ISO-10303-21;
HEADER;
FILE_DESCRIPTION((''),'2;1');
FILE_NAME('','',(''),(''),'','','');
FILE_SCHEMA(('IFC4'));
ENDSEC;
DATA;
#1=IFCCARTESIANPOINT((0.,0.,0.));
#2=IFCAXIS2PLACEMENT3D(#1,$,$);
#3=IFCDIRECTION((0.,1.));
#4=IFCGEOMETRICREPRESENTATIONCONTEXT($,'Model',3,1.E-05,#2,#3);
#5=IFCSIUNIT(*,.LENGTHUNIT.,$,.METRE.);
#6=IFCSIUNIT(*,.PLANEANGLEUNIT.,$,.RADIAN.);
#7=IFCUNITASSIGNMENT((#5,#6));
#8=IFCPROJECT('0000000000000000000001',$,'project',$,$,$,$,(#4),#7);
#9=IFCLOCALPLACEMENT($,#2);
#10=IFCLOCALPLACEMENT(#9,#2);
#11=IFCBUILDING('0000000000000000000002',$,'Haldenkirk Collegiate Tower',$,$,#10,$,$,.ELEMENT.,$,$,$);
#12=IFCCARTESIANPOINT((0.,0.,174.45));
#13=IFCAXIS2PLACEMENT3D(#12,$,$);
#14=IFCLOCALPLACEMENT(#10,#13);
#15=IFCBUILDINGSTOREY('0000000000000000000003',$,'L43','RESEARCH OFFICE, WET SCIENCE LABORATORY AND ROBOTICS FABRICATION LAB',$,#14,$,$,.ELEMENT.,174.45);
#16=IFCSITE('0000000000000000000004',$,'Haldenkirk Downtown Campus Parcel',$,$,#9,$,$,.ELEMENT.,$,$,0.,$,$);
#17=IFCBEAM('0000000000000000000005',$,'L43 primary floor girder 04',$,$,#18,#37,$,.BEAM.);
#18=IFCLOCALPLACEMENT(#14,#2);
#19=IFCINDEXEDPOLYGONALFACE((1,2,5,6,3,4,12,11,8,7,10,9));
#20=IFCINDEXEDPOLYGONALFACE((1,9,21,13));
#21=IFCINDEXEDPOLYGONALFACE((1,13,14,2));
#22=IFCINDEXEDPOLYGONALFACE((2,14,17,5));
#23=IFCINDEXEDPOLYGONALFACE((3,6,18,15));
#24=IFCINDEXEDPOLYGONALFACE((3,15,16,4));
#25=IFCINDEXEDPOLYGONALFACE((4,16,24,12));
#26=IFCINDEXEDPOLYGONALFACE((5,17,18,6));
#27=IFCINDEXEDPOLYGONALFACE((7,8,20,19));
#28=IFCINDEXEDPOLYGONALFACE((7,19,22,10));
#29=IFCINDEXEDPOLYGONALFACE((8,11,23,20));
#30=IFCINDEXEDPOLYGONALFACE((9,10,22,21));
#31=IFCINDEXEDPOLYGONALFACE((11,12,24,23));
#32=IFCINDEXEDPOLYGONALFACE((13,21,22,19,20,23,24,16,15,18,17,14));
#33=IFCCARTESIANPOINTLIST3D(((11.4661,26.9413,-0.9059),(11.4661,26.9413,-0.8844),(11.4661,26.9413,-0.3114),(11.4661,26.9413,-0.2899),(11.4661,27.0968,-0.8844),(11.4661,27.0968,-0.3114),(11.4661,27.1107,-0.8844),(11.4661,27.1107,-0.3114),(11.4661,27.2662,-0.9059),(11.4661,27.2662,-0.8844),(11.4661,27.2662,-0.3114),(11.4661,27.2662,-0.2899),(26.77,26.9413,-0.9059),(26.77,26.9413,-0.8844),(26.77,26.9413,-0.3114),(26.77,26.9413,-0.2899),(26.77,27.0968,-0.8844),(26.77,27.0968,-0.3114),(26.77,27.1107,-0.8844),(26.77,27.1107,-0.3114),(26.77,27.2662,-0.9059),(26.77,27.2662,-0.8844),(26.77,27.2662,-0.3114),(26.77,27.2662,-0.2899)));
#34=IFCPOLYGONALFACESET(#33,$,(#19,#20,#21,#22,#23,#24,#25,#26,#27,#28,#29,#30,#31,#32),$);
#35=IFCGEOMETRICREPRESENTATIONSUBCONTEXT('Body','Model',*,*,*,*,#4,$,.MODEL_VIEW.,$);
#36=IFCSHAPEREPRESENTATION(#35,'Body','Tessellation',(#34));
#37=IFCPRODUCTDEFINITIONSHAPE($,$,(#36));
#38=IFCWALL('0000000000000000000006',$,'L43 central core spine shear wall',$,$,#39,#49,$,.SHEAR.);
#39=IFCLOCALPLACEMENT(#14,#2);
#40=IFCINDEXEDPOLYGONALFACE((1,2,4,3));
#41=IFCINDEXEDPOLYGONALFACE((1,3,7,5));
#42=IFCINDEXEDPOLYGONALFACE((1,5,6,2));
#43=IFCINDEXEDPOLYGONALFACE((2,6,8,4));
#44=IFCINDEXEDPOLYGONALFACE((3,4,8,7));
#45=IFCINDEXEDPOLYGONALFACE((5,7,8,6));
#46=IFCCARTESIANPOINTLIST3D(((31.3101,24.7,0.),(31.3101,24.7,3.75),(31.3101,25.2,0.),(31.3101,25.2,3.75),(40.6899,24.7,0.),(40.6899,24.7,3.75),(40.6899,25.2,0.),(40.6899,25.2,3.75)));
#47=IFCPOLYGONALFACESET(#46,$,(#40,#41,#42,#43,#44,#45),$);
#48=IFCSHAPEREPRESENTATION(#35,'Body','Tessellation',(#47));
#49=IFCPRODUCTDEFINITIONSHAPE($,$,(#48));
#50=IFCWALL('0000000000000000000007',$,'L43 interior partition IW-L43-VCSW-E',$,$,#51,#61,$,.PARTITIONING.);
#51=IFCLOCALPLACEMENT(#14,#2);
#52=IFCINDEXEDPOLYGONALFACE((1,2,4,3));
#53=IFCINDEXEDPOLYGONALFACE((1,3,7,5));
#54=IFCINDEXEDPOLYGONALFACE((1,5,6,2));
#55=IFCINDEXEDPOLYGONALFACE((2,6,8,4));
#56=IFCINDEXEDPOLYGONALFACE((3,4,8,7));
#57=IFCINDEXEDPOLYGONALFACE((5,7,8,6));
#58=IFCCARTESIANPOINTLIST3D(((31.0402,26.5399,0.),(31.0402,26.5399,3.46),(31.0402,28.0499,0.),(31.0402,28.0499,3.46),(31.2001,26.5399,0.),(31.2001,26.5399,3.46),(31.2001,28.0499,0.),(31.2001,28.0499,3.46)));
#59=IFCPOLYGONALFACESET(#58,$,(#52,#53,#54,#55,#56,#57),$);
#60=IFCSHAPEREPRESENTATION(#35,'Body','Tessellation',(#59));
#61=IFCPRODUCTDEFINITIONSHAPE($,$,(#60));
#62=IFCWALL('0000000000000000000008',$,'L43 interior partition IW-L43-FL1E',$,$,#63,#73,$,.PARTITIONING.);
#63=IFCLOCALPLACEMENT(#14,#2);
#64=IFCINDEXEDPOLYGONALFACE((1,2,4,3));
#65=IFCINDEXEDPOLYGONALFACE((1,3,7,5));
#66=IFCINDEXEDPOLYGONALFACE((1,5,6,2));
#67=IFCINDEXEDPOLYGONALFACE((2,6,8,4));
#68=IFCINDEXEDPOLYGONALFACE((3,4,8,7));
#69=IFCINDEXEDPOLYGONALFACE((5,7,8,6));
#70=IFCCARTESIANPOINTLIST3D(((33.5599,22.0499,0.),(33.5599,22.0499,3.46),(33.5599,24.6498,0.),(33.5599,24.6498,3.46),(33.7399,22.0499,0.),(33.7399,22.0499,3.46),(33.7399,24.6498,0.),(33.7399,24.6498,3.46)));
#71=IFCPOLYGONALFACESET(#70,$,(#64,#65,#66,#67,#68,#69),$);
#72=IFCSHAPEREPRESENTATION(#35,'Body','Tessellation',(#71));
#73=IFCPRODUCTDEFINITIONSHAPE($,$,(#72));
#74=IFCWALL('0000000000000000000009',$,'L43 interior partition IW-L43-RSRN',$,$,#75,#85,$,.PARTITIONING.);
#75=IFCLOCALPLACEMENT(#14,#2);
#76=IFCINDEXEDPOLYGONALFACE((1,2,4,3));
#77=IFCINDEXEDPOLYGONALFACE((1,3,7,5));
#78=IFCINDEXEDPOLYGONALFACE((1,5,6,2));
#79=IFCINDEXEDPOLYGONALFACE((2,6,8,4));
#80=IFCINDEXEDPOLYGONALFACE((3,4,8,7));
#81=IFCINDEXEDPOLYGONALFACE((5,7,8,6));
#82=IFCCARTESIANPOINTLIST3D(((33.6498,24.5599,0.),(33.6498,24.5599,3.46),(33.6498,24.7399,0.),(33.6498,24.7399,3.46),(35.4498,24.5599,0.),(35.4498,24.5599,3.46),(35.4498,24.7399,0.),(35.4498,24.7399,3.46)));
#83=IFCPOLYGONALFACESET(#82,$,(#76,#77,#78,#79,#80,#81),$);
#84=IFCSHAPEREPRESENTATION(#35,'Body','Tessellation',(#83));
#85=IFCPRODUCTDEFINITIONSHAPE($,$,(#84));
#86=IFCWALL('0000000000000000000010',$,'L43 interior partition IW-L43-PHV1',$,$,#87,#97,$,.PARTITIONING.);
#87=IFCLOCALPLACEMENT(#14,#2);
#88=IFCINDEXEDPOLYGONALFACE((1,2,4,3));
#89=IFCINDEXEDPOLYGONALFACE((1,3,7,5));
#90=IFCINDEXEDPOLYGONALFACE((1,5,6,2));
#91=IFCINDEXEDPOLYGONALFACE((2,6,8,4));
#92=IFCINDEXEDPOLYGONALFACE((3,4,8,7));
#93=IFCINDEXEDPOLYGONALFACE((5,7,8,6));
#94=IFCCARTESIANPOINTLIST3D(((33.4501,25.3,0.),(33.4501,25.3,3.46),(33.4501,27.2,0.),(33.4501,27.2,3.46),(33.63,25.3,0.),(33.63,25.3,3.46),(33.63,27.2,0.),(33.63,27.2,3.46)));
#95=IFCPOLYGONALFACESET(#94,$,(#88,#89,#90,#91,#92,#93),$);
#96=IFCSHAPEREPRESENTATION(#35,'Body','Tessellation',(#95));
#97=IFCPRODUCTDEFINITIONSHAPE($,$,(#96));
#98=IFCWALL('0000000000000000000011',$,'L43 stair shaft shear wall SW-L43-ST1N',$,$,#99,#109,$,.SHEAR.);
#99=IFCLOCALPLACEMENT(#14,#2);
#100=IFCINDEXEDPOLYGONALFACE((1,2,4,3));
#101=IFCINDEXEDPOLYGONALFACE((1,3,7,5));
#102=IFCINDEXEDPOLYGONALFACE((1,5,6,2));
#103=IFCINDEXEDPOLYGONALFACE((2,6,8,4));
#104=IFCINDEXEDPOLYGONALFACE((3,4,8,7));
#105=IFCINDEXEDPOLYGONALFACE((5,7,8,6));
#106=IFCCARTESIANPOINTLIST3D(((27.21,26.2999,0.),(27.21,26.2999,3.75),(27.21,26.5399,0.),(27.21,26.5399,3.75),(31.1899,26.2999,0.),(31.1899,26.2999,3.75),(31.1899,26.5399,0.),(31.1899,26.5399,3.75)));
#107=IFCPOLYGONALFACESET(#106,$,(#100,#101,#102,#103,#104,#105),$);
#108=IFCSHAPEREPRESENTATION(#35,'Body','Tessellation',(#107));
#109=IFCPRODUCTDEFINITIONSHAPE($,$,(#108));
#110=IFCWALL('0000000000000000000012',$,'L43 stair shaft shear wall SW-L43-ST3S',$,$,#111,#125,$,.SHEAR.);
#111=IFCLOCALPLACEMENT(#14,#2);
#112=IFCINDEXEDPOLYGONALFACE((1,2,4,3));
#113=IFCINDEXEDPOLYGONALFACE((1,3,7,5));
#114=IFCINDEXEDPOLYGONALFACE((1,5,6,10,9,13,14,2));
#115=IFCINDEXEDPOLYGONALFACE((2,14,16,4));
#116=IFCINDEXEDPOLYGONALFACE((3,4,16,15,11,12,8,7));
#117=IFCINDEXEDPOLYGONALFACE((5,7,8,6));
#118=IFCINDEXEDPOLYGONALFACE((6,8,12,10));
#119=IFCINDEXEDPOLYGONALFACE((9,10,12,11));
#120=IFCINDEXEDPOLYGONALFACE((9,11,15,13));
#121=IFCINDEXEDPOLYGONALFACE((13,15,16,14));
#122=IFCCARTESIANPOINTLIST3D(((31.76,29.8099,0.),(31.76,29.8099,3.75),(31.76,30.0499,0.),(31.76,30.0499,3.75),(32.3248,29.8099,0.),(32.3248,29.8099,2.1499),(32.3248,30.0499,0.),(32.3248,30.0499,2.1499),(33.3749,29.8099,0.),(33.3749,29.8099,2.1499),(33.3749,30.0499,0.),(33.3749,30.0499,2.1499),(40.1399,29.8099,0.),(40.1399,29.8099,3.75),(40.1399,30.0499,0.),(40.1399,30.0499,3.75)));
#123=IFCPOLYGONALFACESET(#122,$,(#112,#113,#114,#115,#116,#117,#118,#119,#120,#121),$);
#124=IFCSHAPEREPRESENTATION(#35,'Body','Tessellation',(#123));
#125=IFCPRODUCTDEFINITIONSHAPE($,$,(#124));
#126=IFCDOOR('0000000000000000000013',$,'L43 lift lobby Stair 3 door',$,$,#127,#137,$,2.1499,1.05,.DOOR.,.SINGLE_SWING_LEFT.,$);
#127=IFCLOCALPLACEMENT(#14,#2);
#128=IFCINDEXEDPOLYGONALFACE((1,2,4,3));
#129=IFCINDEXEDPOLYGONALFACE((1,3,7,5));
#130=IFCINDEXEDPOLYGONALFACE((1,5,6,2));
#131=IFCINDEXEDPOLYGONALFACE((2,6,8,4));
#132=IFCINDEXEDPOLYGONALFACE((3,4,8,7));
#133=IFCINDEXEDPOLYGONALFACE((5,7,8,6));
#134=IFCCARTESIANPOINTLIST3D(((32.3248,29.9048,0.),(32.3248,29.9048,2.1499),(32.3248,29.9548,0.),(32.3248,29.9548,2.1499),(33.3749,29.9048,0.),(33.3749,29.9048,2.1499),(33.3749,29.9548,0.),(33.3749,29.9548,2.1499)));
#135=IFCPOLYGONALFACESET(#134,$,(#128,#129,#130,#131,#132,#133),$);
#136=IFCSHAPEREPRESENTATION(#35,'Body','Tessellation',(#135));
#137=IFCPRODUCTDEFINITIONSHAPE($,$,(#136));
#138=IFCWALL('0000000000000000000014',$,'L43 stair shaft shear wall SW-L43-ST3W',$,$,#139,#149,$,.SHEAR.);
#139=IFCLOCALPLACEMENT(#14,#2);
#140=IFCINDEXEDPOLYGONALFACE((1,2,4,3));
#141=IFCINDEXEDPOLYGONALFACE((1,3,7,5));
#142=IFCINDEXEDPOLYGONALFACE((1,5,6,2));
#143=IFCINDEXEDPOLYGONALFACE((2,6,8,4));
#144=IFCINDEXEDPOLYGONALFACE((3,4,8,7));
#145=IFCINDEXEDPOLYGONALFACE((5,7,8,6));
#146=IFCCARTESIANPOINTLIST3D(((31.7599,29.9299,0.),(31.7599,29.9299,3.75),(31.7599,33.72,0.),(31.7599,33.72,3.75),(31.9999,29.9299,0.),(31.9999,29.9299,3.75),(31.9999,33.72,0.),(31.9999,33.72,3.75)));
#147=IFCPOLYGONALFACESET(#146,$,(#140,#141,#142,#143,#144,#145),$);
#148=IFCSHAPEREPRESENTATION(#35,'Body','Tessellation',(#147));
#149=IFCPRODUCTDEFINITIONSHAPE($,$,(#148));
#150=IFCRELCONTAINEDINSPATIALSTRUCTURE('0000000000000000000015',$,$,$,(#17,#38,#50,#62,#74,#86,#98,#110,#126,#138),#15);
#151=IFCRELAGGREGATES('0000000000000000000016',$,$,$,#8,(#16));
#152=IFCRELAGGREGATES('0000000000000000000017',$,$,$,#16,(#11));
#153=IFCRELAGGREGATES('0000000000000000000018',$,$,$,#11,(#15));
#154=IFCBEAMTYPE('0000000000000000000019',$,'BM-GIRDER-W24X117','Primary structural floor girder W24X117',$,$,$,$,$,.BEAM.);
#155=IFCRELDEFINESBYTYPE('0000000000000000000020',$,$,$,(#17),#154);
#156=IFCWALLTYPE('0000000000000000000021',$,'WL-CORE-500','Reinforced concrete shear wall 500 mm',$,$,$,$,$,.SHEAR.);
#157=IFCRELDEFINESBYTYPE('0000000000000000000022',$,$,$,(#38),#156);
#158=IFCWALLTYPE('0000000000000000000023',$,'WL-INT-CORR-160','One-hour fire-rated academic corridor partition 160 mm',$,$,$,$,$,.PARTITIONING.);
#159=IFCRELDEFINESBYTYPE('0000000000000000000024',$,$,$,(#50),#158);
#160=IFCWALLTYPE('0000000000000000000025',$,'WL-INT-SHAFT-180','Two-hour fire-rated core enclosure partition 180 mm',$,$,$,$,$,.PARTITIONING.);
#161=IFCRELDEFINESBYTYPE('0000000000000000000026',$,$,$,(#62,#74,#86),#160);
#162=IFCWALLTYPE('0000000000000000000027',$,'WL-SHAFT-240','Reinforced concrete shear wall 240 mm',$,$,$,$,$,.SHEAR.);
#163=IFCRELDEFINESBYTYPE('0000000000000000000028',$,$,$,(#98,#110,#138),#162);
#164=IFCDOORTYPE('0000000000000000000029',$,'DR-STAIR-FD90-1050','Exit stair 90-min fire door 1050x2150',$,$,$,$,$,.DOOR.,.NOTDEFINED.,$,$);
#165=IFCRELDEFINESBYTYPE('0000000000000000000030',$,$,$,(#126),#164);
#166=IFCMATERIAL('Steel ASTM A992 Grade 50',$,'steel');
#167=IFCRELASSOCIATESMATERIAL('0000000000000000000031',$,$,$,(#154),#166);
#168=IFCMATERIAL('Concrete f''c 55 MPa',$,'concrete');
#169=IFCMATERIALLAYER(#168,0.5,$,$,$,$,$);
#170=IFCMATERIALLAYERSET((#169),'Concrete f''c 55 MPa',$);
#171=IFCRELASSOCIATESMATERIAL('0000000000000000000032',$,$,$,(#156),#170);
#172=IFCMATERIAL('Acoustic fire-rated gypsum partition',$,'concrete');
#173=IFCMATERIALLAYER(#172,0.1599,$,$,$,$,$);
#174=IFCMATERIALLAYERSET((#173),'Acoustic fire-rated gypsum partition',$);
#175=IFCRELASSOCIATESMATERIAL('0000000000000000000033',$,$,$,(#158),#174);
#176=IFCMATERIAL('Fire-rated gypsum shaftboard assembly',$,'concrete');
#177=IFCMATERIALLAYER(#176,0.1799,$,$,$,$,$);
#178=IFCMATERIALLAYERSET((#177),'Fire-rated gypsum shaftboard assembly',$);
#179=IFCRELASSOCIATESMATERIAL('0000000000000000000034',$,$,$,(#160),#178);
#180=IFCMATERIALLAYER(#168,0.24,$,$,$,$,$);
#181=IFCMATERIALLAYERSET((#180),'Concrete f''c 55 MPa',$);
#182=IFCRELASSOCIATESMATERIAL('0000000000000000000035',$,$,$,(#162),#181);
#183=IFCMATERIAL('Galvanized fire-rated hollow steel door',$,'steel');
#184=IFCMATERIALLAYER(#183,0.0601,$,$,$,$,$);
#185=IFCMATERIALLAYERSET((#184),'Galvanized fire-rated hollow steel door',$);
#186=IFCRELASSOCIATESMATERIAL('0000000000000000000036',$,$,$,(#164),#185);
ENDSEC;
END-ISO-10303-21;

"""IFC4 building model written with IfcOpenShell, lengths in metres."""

from ifc_helpers import new_model, si_unit, direction, frame, frame_2d, origin, origin_2d, place, context, subcontext, project, spatial, rectangle, i_section, extrude, material, layer, layer_set, material_profile, profile_set, type_object, element, fill, save


model = new_model("IFC4")

# Units and contexts
model_context = context("Model", 3, precision=1e-05, world=origin(), true_north=direction((0.0, 1.0)))
body_context = subcontext(model_context, "Body", "Model", "MODEL_VIEW")
ifc_project = project(units=[si_unit("LENGTHUNIT", "METRE"), si_unit("PLANEANGLEUNIT", "RADIAN")], contexts=[model_context])

# Site, building, storey
site_placement = place(None, origin())
site = spatial("IfcSite", under=ifc_project, at=site_placement, Name="Haldenkirk Downtown Campus Parcel", CompositionType="ELEMENT", RefElevation=0.0)
building_placement = place(site_placement, origin())
building = spatial("IfcBuilding", under=site, at=building_placement, Name="Haldenkirk Collegiate Tower", CompositionType="ELEMENT")
storey_placement = place(building_placement, frame((0.0, 0.0, 174.45)))
storey = spatial("IfcBuildingStorey", under=building, at=storey_placement, Name="L43", Description="RESEARCH OFFICE, WET SCIENCE LABORATORY AND ROBOTICS FABRICATION LAB", CompositionType="ELEMENT", Elevation=174.45)

# Beam
ifc_material_1 = material(Name="Steel ASTM A992 Grade 50", Category="steel")
ifc_material_profile = material_profile(ifc_material_1, i_section(OverallWidth=0.325, OverallDepth=0.616, WebThickness=0.0139, FlangeThickness=0.0215, at=origin_2d()), Name="W24X117")
ifc_profile_set = profile_set([ifc_material_profile], Name="Steel ASTM A992 Grade 50")
beam_type = type_object("IfcBeamType", Name="BM-GIRDER-W24X117", Description="Primary structural floor girder W24X117", PredefinedType="BEAM", material=ifc_profile_set)
beam_placement = place(storey_placement, frame((11.4661, 27.1038, -0.5979), z_axis=(1.0, 0.0, 0.0), x_axis=(0.0, 1.0, 0.0)))
element("IfcBeam", 1, at=beam_placement, inside=storey, type_object=beam_type, Name="L43 primary floor girder 04", PredefinedType="BEAM", context=body_context, shape_type="SweptSolid", body=[
    extrude(i_section(OverallWidth=0.325, OverallDepth=0.616, WebThickness=0.0139, FlangeThickness=0.0215, at=origin_2d()), origin(), (0.0, 0.0, 1.0), 15.304),
])

# Wall
ifc_material_2 = material(Name="Concrete f'c 55 MPa", Category="concrete")
ifc_layer_1 = layer(ifc_material_2, 0.5)
ifc_layer_set_1 = layer_set([ifc_layer_1], Name="Concrete f'c 55 MPa")
wall_type_1 = type_object("IfcWallType", Name="WL-CORE-500", Description="Reinforced concrete shear wall 500 mm", PredefinedType="SHEAR", material=ifc_layer_set_1)
wall_1_placement = place(storey_placement, frame((31.3101, 24.95, 0.0), z_axis=(0.0, 0.0, 1.0), x_axis=(1.0, 0.0, 0.0)))
element("IfcWall", 2, at=wall_1_placement, inside=storey, type_object=wall_type_1, Name="L43 central core spine shear wall", PredefinedType="SHEAR", context=body_context, shape_type="SweptSolid", body=[
    extrude(rectangle(XDim=9.3799, YDim=0.5, at=frame_2d((4.6899, 0.0))), origin(), (0.0, 0.0, 1.0), 3.75),
])

# Shared definitions
ifc_material_3 = material(Name="Acoustic fire-rated gypsum partition", Category="concrete")
ifc_layer_2 = layer(ifc_material_3, 0.1599)
ifc_layer_set_2 = layer_set([ifc_layer_2], Name="Acoustic fire-rated gypsum partition")
wall_type_2 = type_object("IfcWallType", Name="WL-INT-CORR-160", Description="One-hour fire-rated academic corridor partition 160 mm", PredefinedType="PARTITIONING", material=ifc_layer_set_2)

# Wall
wall_2_placement = place(storey_placement, frame((31.1201, 26.54, 0.0), z_axis=(0.0, 0.0, 1.0), x_axis=(0.0, 1.0, 0.0)))
element("IfcWall", 3, at=wall_2_placement, inside=storey, type_object=wall_type_2, Name="L43 interior partition IW-L43-VCSW-E", PredefinedType="PARTITIONING", context=body_context, shape_type="SweptSolid", body=[
    extrude(rectangle(XDim=1.51, YDim=0.1599, at=frame_2d((0.7549, 0.0))), origin(), (0.0, 0.0, 1.0), 3.46),
])

# Walls
ifc_material_4 = material(Name="Fire-rated gypsum shaftboard assembly", Category="concrete")
ifc_layer_3 = layer(ifc_material_4, 0.1799)
ifc_layer_set_3 = layer_set([ifc_layer_3], Name="Fire-rated gypsum shaftboard assembly")
wall_type_3 = type_object("IfcWallType", Name="WL-INT-SHAFT-180", Description="Two-hour fire-rated core enclosure partition 180 mm", PredefinedType="PARTITIONING", material=ifc_layer_set_3)
wall_3_placement = place(storey_placement, frame((33.6499, 22.05, 0.0), z_axis=(0.0, 0.0, 1.0), x_axis=(0.0, 1.0, 0.0)))
element("IfcWall", 4, at=wall_3_placement, inside=storey, type_object=wall_type_3, Name="L43 interior partition IW-L43-FL1E", PredefinedType="PARTITIONING", context=body_context, shape_type="SweptSolid", body=[
    extrude(rectangle(XDim=2.5999, YDim=0.1799, at=frame_2d((1.2998, 0.0))), origin(), (0.0, 0.0, 1.0), 3.46),
])
wall_4_placement = place(storey_placement, frame((33.6499, 24.6499, 0.0), z_axis=(0.0, 0.0, 1.0), x_axis=(1.0, 0.0, 0.0)))
element("IfcWall", 5, at=wall_4_placement, inside=storey, type_object=wall_type_3, Name="L43 interior partition IW-L43-RSRN", PredefinedType="PARTITIONING", context=body_context, shape_type="SweptSolid", body=[
    extrude(rectangle(XDim=1.8, YDim=0.1799, at=frame_2d((0.8999, 0.0))), origin(), (0.0, 0.0, 1.0), 3.46),
])

# Wall
wall_5_placement = place(storey_placement, frame((33.54, 25.3, 0.0), z_axis=(0.0, 0.0, 1.0), x_axis=(0.0, 1.0, 0.0)))
element("IfcWall", 6, at=wall_5_placement, inside=storey, type_object=wall_type_3, Name="L43 interior partition IW-L43-PHV1", PredefinedType="PARTITIONING", context=body_context, shape_type="SweptSolid", body=[
    extrude(rectangle(XDim=1.8999, YDim=0.1799, at=frame_2d((0.95, 0.0))), origin(), (0.0, 0.0, 1.0), 3.46),
])

# Shared definitions
ifc_material_5 = material(Name="Galvanized fire-rated hollow steel door", Category="steel")

# Wall
ifc_layer_4 = layer(ifc_material_2, 0.24)
ifc_layer_set_4 = layer_set([ifc_layer_4], Name="Concrete f'c 55 MPa")
wall_type_4 = type_object("IfcWallType", Name="WL-SHAFT-240", Description="Reinforced concrete shear wall 240 mm", PredefinedType="SHEAR", material=ifc_layer_set_4)
wall_6_placement = place(storey_placement, frame((27.21, 26.4199, 0.0), z_axis=(0.0, 0.0, 1.0), x_axis=(1.0, 0.0, 0.0)))
element("IfcWall", 7, at=wall_6_placement, inside=storey, type_object=wall_type_4, Name="L43 stair shaft shear wall SW-L43-ST1N", PredefinedType="SHEAR", context=body_context, shape_type="SweptSolid", body=[
    extrude(rectangle(XDim=3.98, YDim=0.24, at=frame_2d((1.99, 0.0))), origin(), (0.0, 0.0, 1.0), 3.75),
])

# Wall, opening, door
wall_7_placement = place(storey_placement, frame((31.76, 29.9299, 0.0), z_axis=(0.0, 0.0, 1.0), x_axis=(1.0, 0.0, 0.0)))
wall_7 = element("IfcWall", 8, at=wall_7_placement, inside=storey, type_object=wall_type_4, Name="L43 stair shaft shear wall SW-L43-ST3S", PredefinedType="SHEAR", context=body_context, shape_type="SweptSolid", body=[
    extrude(rectangle(XDim=8.3799, YDim=0.24, at=frame_2d((4.1899, 0.0))), origin(), (0.0, 0.0, 1.0), 3.75),
])
opening_1_placement = place(wall_7_placement, frame((0.5649, 0.0, 0.0)))
opening_1 = element("IfcOpeningElement", 9, at=opening_1_placement, cuts=wall_7, PredefinedType="OPENING", context=body_context, shape_type="SweptSolid", body=[
    extrude(rectangle(XDim=1.05, YDim=2.1499, at=frame_2d((0.5249, 1.075))), frame((0.0, 0.1299, 0.0), z_axis=(0.0, -1.0, 0.0), x_axis=(1.0, 0.0, 0.0)), (0.0, 0.0, 1.0), 0.26),
])
ifc_layer_5 = layer(ifc_material_5, 0.0601)
ifc_layer_set_5 = layer_set([ifc_layer_5], Name="Galvanized fire-rated hollow steel door")
door_type_1 = type_object("IfcDoorType", Name="DR-STAIR-FD90-1050", Description="Exit stair 90-min fire door 1050x2150", OperationType="NOTDEFINED", PredefinedType="DOOR", material=ifc_layer_set_5)
door_1_placement = place(opening_1_placement, origin())
door_1 = element("IfcDoor", 10, at=door_1_placement, inside=storey, type_object=door_type_1, Name="L43 lift lobby Stair 3 door", OperationType="SINGLE_SWING_LEFT", OverallHeight=2.1499, OverallWidth=1.05, PredefinedType="DOOR", context=body_context, shape_type="SweptSolid", body=[
    extrude(rectangle(XDim=1.05, YDim=2.1499, at=frame_2d((0.5249, 1.075))), frame((0.0, 0.0249, 0.0), z_axis=(0.0, -1.0, 0.0), x_axis=(1.0, 0.0, 0.0)), (0.0, 0.0, 1.0), 0.05),
])
fill(opening_1, door_1)

# Wall
wall_8_placement = place(storey_placement, frame((31.8799, 29.9299, 0.0), z_axis=(0.0, 0.0, 1.0), x_axis=(0.0, 1.0, 0.0)))
element("IfcWall", 11, at=wall_8_placement, inside=storey, type_object=wall_type_4, Name="L43 stair shaft shear wall SW-L43-ST3W", PredefinedType="SHEAR", context=body_context, shape_type="SweptSolid", body=[
    extrude(rectangle(XDim=3.79, YDim=0.24, at=frame_2d((1.895, 0.0))), origin(), (0.0, 0.0, 1.0), 3.75),
])

save(model, "model.ifc")
